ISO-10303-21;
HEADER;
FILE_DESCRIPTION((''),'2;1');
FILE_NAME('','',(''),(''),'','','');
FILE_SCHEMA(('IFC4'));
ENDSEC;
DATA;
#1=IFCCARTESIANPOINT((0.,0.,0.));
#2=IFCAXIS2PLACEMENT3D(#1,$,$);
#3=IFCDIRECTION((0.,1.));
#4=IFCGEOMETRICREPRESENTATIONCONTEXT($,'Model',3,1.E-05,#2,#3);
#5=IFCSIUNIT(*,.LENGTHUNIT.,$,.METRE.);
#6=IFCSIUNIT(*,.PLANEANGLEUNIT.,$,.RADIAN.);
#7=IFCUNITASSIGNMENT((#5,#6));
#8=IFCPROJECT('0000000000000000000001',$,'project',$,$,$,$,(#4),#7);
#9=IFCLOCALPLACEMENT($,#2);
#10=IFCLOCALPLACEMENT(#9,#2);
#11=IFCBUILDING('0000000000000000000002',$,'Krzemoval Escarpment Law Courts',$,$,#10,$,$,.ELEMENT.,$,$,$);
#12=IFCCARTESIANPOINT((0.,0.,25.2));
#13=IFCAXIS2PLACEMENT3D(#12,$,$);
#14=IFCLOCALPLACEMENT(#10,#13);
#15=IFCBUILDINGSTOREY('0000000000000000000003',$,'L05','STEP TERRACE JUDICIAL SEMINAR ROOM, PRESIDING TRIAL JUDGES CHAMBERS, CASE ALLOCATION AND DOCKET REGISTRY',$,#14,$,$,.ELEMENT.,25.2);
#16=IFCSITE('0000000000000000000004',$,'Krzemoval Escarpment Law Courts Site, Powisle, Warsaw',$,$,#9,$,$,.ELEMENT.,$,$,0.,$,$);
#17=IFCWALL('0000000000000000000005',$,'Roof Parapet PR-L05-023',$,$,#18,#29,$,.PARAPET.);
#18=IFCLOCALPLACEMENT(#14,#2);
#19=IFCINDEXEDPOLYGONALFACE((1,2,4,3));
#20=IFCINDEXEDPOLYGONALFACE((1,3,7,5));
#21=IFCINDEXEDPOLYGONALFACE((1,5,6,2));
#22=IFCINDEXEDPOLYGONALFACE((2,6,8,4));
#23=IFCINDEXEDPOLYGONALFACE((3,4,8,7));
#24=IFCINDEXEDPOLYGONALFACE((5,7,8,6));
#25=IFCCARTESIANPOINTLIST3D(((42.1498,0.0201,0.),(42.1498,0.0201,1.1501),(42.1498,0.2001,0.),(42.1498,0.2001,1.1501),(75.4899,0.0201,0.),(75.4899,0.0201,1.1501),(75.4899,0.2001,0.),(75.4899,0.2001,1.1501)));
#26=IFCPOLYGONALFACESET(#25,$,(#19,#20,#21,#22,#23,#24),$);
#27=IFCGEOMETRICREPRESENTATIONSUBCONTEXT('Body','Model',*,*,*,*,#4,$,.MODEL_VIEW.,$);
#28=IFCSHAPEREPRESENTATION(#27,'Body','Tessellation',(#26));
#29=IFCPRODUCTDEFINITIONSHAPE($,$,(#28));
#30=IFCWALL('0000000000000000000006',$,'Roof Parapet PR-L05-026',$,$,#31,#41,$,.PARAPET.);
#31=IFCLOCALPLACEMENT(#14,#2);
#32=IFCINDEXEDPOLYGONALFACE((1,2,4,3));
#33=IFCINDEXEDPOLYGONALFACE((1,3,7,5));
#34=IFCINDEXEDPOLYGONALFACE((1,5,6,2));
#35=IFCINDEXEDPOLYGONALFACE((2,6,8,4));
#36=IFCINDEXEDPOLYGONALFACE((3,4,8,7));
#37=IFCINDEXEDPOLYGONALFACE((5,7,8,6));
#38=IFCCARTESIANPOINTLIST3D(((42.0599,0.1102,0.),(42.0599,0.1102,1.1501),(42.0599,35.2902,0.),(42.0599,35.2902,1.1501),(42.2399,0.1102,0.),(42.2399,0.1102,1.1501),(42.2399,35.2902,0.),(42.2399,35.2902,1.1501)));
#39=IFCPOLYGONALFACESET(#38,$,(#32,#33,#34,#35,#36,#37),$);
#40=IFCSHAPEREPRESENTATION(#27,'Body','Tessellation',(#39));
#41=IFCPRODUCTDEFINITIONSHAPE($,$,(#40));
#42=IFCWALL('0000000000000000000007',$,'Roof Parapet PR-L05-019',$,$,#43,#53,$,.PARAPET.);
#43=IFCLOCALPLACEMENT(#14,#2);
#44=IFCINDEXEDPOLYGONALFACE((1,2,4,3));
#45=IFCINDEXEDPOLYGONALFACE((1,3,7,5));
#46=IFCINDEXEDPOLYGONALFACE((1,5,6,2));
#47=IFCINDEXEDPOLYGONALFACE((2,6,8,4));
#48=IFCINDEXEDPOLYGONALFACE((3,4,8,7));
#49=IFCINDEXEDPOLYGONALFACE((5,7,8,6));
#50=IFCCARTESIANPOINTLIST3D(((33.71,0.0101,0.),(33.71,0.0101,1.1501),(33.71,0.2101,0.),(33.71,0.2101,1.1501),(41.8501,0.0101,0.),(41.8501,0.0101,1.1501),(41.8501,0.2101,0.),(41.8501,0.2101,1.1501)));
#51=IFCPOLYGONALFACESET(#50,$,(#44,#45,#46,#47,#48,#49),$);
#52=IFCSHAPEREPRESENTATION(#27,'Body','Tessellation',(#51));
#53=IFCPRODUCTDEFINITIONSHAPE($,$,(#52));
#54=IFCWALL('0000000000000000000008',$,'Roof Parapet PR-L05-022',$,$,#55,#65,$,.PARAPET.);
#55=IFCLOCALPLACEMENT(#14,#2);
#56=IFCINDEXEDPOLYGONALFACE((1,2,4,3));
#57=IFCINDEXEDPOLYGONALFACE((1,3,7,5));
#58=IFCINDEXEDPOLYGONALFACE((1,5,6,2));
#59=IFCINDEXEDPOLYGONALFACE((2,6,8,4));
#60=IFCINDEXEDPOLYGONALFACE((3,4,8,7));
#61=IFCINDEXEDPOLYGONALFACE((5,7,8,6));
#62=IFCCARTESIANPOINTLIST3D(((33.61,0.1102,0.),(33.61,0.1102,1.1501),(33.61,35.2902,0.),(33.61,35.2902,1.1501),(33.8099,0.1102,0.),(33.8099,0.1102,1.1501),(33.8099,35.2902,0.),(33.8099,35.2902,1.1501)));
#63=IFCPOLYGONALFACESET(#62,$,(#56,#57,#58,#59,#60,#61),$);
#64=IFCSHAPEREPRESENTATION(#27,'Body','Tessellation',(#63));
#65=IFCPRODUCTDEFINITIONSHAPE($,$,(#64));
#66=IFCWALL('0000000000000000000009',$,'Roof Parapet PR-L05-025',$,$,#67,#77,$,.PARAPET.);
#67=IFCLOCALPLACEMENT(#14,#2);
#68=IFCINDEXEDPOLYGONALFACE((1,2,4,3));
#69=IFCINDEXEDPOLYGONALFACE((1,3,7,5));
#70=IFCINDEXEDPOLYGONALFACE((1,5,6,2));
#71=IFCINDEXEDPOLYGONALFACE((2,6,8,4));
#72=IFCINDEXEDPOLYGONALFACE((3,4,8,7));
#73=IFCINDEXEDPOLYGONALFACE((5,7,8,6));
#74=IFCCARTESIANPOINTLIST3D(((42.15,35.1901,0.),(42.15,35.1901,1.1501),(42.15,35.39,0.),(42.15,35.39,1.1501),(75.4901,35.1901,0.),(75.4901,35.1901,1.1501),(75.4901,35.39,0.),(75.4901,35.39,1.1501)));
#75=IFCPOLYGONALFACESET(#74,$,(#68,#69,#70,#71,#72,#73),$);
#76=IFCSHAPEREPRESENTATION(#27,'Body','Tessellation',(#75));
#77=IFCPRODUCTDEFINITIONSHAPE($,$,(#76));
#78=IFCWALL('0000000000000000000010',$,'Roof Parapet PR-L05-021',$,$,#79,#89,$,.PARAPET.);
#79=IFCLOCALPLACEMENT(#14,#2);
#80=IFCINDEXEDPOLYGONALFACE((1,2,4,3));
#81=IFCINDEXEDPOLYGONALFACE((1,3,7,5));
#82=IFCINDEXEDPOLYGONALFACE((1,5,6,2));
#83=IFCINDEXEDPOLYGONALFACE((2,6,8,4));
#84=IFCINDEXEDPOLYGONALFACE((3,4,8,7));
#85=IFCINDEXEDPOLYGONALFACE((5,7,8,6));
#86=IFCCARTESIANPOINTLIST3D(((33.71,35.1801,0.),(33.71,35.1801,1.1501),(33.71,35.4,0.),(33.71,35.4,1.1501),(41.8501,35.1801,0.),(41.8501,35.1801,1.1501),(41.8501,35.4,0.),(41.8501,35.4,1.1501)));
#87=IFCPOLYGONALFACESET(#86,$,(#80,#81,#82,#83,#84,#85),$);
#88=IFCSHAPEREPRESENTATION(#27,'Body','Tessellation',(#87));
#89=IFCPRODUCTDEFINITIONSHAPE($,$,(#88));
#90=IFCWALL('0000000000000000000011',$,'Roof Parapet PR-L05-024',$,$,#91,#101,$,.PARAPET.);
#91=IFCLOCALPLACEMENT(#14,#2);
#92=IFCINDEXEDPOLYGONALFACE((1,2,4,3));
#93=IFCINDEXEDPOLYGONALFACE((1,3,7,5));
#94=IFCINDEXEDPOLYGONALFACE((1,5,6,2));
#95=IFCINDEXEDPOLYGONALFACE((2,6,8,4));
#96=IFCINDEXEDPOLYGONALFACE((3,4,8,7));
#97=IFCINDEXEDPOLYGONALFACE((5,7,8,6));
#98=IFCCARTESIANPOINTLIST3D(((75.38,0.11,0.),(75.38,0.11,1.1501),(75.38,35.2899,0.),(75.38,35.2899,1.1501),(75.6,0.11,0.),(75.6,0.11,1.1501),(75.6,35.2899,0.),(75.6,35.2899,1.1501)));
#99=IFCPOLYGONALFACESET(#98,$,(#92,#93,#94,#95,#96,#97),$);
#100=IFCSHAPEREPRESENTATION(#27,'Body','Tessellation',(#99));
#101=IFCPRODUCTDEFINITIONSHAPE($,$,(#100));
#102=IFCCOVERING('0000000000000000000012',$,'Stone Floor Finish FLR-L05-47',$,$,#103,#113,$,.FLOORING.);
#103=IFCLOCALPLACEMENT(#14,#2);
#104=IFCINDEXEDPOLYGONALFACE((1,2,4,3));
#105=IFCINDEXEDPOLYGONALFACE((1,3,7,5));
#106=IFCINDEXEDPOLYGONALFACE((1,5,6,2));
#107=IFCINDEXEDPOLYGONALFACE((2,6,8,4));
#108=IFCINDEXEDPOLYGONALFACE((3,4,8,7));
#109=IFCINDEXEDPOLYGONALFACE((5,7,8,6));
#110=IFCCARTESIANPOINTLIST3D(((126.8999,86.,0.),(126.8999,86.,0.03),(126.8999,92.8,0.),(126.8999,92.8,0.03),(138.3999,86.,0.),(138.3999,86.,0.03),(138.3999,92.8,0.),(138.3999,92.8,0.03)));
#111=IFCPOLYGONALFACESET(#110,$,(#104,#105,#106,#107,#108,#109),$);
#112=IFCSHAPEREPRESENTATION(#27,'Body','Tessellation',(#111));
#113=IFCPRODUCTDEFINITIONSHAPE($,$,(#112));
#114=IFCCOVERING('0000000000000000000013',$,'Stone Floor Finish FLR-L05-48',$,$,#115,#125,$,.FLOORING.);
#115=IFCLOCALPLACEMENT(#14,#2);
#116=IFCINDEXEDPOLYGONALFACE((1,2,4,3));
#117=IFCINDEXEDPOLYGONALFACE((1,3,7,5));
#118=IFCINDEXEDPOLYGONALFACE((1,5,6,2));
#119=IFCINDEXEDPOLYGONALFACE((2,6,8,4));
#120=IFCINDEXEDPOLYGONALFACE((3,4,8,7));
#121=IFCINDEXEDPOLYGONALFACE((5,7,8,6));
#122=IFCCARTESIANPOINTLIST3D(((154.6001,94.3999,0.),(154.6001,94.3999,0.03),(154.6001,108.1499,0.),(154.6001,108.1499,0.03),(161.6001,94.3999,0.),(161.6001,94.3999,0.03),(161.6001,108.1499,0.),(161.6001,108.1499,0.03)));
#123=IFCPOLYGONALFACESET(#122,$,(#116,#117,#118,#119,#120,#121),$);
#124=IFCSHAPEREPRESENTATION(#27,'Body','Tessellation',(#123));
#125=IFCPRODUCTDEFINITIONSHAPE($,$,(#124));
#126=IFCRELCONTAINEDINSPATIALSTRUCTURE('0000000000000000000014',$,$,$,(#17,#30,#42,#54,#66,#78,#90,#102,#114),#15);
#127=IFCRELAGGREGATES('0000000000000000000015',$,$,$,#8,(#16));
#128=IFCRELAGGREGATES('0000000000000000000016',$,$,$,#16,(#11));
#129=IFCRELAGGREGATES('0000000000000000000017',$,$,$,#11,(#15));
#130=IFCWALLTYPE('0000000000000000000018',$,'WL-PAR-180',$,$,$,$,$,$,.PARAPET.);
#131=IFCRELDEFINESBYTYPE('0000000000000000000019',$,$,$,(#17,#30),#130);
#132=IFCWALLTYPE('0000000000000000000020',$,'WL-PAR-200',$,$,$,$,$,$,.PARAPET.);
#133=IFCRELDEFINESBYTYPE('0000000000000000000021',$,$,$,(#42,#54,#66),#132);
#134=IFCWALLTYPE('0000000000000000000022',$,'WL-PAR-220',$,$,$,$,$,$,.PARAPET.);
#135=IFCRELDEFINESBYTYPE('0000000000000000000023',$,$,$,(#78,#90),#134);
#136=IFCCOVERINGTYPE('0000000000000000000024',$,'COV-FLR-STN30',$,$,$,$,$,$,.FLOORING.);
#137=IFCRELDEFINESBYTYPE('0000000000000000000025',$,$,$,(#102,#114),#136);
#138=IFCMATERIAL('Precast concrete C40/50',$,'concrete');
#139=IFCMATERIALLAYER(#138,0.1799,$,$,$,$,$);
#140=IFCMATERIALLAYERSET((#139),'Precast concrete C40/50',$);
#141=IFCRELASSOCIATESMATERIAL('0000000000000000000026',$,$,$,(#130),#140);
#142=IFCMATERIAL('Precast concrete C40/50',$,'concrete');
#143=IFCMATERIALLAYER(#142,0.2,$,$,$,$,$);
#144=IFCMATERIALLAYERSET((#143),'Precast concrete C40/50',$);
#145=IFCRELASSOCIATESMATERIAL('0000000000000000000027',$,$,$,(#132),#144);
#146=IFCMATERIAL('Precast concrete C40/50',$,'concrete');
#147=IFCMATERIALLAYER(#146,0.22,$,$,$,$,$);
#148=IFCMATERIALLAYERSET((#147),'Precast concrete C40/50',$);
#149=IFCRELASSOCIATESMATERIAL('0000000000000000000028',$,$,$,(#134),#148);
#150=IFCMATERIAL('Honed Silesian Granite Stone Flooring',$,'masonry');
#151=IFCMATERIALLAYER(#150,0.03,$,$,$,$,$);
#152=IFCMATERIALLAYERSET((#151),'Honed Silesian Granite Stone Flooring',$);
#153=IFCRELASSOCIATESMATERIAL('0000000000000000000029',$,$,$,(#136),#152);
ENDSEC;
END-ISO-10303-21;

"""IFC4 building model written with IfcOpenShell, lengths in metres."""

from ifc_helpers import new_model, si_unit, direction, frame, frame_2d, origin, place, context, subcontext, project, spatial, polyline, rectangle, outline, extrude, material, layer, layer_set, type_object, element, save


model = new_model("IFC4")

# Units and contexts
model_context = context("Model", 3, precision=1e-05, world=origin(), true_north=direction((0.0, 1.0)))
body_context = subcontext(model_context, "Body", "Model", "MODEL_VIEW")
ifc_project = project(units=[si_unit("LENGTHUNIT", "METRE"), si_unit("PLANEANGLEUNIT", "RADIAN")], contexts=[model_context])

# Site, building, storey
site_placement = place(None, origin())
site = spatial("IfcSite", under=ifc_project, at=site_placement, Name="Krzemoval Escarpment Law Courts Site, Powisle, Warsaw", CompositionType="ELEMENT", RefElevation=0.0)
building_placement = place(site_placement, origin())
building = spatial("IfcBuilding", under=site, at=building_placement, Name="Krzemoval Escarpment Law Courts", CompositionType="ELEMENT")
storey_placement = place(building_placement, frame((0.0, 0.0, 25.2)))
storey = spatial("IfcBuildingStorey", under=building, at=storey_placement, Name="L05", Description="STEP TERRACE JUDICIAL SEMINAR ROOM, PRESIDING TRIAL JUDGES CHAMBERS, CASE ALLOCATION AND DOCKET REGISTRY", CompositionType="ELEMENT", Elevation=25.2)

# Walls
ifc_material_1 = material(Name="Precast concrete C40/50", Category="concrete")
ifc_layer_1 = layer(ifc_material_1, 0.1799)
ifc_layer_set_1 = layer_set([ifc_layer_1], Name="Precast concrete C40/50")
wall_type_1 = type_object("IfcWallType", Name="WL-PAR-180", PredefinedType="PARAPET", material=ifc_layer_set_1)
wall_1_placement = place(storey_placement, frame((42.1499, 0.1101, 0.0), z_axis=(0.0, 0.0, 1.0), x_axis=(1.0, 0.0, 0.0)))
element("IfcWall", 1, at=wall_1_placement, inside=storey, type_object=wall_type_1, Name="Roof Parapet PR-L05-023", PredefinedType="PARAPET", context=body_context, shape_type="SweptSolid", body=[
    extrude(rectangle(XDim=33.3401, YDim=0.1799, at=frame_2d((16.6699, 0.0))), origin(), (0.0, 0.0, 1.0), 1.1501),
])
wall_2_placement = place(storey_placement, frame((42.1499, 35.29, 0.0), z_axis=(0.0, 0.0, 1.0), x_axis=(0.0, -1.0, 0.0)))
element("IfcWall", 2, at=wall_2_placement, inside=storey, type_object=wall_type_1, Name="Roof Parapet PR-L05-026", PredefinedType="PARAPET", context=body_context, shape_type="SweptSolid", body=[
    extrude(rectangle(XDim=35.1799, YDim=0.1799, at=frame_2d((17.5898, 0.0))), origin(), (0.0, 0.0, 1.0), 1.1501),
])
ifc_material_2 = material(Name="Precast concrete C40/50", Category="concrete")
ifc_layer_2 = layer(ifc_material_2, 0.2)
ifc_layer_set_2 = layer_set([ifc_layer_2], Name="Precast concrete C40/50")
wall_type_2 = type_object("IfcWallType", Name="WL-PAR-200", PredefinedType="PARAPET", material=ifc_layer_set_2)
wall_3_placement = place(storey_placement, frame((33.71, 0.1101, 0.0), z_axis=(0.0, 0.0, 1.0), x_axis=(1.0, 0.0, 0.0)))
element("IfcWall", 3, at=wall_3_placement, inside=storey, type_object=wall_type_2, Name="Roof Parapet PR-L05-019", PredefinedType="PARAPET", context=body_context, shape_type="SweptSolid", body=[
    extrude(rectangle(XDim=8.1401, YDim=0.2, at=frame_2d((4.0701, 0.0))), origin(), (0.0, 0.0, 1.0), 1.1501),
])
wall_4_placement = place(storey_placement, frame((33.71, 35.29, 0.0), z_axis=(0.0, 0.0, 1.0), x_axis=(0.0, -1.0, 0.0)))
element("IfcWall", 4, at=wall_4_placement, inside=storey, type_object=wall_type_2, Name="Roof Parapet PR-L05-022", PredefinedType="PARAPET", context=body_context, shape_type="SweptSolid", body=[
    extrude(rectangle(XDim=35.1799, YDim=0.2, at=frame_2d((17.5898, 0.0))), origin(), (0.0, 0.0, 1.0), 1.1501),
])
wall_5_placement = place(storey_placement, frame((75.49, 35.29, 0.0), z_axis=(0.0, 0.0, 1.0), x_axis=(-1.0, 0.0, 0.0)))
element("IfcWall", 5, at=wall_5_placement, inside=storey, type_object=wall_type_2, Name="Roof Parapet PR-L05-025", PredefinedType="PARAPET", context=body_context, shape_type="SweptSolid", body=[
    extrude(rectangle(XDim=33.3401, YDim=0.2, at=frame_2d((16.6699, 0.0))), origin(), (0.0, 0.0, 1.0), 1.1501),
])
ifc_material_3 = material(Name="Precast concrete C40/50", Category="concrete")
ifc_layer_3 = layer(ifc_material_3, 0.22)
ifc_layer_set_3 = layer_set([ifc_layer_3], Name="Precast concrete C40/50")
wall_type_3 = type_object("IfcWallType", Name="WL-PAR-220", PredefinedType="PARAPET", material=ifc_layer_set_3)
wall_6_placement = place(storey_placement, frame((41.8501, 35.29, 0.0), z_axis=(0.0, 0.0, 1.0), x_axis=(-1.0, 0.0, 0.0)))
element("IfcWall", 6, at=wall_6_placement, inside=storey, type_object=wall_type_3, Name="Roof Parapet PR-L05-021", PredefinedType="PARAPET", context=body_context, shape_type="SweptSolid", body=[
    extrude(rectangle(XDim=8.1401, YDim=0.22, at=frame_2d((4.0701, 0.0))), origin(), (0.0, 0.0, 1.0), 1.1501),
])
wall_7_placement = place(storey_placement, frame((75.49, 0.1101, 0.0), z_axis=(0.0, 0.0, 1.0), x_axis=(0.0, 1.0, 0.0)))
element("IfcWall", 7, at=wall_7_placement, inside=storey, type_object=wall_type_3, Name="Roof Parapet PR-L05-024", PredefinedType="PARAPET", context=body_context, shape_type="SweptSolid", body=[
    extrude(rectangle(XDim=35.1799, YDim=0.22, at=frame_2d((17.5898, 0.0))), origin(), (0.0, 0.0, 1.0), 1.1501),
])

# Coverings
ifc_material_4 = material(Name="Honed Silesian Granite Stone Flooring", Category="masonry")
ifc_layer_4 = layer(ifc_material_4, 0.03)
ifc_layer_set_4 = layer_set([ifc_layer_4], Name="Honed Silesian Granite Stone Flooring")
covering_type = type_object("IfcCoveringType", Name="COV-FLR-STN30", PredefinedType="FLOORING", material=ifc_layer_set_4)
covering_1_placement = place(storey_placement, origin())
element("IfcCovering", 8, at=covering_1_placement, inside=storey, type_object=covering_type, Name="Stone Floor Finish FLR-L05-47", PredefinedType="FLOORING", context=body_context, shape_type="SweptSolid", body=[
    extrude(outline(polyline([(126.8999, 86.0), (126.8999, 92.8), (138.3999, 92.8), (138.3999, 86.0), (126.8999, 86.0)])), origin(), (0.0, 0.0, 1.0), 0.03),
])
covering_2_placement = place(storey_placement, origin())
element("IfcCovering", 9, at=covering_2_placement, inside=storey, type_object=covering_type, Name="Stone Floor Finish FLR-L05-48", PredefinedType="FLOORING", context=body_context, shape_type="SweptSolid", body=[
    extrude(outline(polyline([(154.6001, 94.3999), (154.6001, 108.1499), (161.6001, 108.1499), (161.6001, 94.3999), (154.6001, 94.3999)])), origin(), (0.0, 0.0, 1.0), 0.03),
])

save(model, "model.ifc")
